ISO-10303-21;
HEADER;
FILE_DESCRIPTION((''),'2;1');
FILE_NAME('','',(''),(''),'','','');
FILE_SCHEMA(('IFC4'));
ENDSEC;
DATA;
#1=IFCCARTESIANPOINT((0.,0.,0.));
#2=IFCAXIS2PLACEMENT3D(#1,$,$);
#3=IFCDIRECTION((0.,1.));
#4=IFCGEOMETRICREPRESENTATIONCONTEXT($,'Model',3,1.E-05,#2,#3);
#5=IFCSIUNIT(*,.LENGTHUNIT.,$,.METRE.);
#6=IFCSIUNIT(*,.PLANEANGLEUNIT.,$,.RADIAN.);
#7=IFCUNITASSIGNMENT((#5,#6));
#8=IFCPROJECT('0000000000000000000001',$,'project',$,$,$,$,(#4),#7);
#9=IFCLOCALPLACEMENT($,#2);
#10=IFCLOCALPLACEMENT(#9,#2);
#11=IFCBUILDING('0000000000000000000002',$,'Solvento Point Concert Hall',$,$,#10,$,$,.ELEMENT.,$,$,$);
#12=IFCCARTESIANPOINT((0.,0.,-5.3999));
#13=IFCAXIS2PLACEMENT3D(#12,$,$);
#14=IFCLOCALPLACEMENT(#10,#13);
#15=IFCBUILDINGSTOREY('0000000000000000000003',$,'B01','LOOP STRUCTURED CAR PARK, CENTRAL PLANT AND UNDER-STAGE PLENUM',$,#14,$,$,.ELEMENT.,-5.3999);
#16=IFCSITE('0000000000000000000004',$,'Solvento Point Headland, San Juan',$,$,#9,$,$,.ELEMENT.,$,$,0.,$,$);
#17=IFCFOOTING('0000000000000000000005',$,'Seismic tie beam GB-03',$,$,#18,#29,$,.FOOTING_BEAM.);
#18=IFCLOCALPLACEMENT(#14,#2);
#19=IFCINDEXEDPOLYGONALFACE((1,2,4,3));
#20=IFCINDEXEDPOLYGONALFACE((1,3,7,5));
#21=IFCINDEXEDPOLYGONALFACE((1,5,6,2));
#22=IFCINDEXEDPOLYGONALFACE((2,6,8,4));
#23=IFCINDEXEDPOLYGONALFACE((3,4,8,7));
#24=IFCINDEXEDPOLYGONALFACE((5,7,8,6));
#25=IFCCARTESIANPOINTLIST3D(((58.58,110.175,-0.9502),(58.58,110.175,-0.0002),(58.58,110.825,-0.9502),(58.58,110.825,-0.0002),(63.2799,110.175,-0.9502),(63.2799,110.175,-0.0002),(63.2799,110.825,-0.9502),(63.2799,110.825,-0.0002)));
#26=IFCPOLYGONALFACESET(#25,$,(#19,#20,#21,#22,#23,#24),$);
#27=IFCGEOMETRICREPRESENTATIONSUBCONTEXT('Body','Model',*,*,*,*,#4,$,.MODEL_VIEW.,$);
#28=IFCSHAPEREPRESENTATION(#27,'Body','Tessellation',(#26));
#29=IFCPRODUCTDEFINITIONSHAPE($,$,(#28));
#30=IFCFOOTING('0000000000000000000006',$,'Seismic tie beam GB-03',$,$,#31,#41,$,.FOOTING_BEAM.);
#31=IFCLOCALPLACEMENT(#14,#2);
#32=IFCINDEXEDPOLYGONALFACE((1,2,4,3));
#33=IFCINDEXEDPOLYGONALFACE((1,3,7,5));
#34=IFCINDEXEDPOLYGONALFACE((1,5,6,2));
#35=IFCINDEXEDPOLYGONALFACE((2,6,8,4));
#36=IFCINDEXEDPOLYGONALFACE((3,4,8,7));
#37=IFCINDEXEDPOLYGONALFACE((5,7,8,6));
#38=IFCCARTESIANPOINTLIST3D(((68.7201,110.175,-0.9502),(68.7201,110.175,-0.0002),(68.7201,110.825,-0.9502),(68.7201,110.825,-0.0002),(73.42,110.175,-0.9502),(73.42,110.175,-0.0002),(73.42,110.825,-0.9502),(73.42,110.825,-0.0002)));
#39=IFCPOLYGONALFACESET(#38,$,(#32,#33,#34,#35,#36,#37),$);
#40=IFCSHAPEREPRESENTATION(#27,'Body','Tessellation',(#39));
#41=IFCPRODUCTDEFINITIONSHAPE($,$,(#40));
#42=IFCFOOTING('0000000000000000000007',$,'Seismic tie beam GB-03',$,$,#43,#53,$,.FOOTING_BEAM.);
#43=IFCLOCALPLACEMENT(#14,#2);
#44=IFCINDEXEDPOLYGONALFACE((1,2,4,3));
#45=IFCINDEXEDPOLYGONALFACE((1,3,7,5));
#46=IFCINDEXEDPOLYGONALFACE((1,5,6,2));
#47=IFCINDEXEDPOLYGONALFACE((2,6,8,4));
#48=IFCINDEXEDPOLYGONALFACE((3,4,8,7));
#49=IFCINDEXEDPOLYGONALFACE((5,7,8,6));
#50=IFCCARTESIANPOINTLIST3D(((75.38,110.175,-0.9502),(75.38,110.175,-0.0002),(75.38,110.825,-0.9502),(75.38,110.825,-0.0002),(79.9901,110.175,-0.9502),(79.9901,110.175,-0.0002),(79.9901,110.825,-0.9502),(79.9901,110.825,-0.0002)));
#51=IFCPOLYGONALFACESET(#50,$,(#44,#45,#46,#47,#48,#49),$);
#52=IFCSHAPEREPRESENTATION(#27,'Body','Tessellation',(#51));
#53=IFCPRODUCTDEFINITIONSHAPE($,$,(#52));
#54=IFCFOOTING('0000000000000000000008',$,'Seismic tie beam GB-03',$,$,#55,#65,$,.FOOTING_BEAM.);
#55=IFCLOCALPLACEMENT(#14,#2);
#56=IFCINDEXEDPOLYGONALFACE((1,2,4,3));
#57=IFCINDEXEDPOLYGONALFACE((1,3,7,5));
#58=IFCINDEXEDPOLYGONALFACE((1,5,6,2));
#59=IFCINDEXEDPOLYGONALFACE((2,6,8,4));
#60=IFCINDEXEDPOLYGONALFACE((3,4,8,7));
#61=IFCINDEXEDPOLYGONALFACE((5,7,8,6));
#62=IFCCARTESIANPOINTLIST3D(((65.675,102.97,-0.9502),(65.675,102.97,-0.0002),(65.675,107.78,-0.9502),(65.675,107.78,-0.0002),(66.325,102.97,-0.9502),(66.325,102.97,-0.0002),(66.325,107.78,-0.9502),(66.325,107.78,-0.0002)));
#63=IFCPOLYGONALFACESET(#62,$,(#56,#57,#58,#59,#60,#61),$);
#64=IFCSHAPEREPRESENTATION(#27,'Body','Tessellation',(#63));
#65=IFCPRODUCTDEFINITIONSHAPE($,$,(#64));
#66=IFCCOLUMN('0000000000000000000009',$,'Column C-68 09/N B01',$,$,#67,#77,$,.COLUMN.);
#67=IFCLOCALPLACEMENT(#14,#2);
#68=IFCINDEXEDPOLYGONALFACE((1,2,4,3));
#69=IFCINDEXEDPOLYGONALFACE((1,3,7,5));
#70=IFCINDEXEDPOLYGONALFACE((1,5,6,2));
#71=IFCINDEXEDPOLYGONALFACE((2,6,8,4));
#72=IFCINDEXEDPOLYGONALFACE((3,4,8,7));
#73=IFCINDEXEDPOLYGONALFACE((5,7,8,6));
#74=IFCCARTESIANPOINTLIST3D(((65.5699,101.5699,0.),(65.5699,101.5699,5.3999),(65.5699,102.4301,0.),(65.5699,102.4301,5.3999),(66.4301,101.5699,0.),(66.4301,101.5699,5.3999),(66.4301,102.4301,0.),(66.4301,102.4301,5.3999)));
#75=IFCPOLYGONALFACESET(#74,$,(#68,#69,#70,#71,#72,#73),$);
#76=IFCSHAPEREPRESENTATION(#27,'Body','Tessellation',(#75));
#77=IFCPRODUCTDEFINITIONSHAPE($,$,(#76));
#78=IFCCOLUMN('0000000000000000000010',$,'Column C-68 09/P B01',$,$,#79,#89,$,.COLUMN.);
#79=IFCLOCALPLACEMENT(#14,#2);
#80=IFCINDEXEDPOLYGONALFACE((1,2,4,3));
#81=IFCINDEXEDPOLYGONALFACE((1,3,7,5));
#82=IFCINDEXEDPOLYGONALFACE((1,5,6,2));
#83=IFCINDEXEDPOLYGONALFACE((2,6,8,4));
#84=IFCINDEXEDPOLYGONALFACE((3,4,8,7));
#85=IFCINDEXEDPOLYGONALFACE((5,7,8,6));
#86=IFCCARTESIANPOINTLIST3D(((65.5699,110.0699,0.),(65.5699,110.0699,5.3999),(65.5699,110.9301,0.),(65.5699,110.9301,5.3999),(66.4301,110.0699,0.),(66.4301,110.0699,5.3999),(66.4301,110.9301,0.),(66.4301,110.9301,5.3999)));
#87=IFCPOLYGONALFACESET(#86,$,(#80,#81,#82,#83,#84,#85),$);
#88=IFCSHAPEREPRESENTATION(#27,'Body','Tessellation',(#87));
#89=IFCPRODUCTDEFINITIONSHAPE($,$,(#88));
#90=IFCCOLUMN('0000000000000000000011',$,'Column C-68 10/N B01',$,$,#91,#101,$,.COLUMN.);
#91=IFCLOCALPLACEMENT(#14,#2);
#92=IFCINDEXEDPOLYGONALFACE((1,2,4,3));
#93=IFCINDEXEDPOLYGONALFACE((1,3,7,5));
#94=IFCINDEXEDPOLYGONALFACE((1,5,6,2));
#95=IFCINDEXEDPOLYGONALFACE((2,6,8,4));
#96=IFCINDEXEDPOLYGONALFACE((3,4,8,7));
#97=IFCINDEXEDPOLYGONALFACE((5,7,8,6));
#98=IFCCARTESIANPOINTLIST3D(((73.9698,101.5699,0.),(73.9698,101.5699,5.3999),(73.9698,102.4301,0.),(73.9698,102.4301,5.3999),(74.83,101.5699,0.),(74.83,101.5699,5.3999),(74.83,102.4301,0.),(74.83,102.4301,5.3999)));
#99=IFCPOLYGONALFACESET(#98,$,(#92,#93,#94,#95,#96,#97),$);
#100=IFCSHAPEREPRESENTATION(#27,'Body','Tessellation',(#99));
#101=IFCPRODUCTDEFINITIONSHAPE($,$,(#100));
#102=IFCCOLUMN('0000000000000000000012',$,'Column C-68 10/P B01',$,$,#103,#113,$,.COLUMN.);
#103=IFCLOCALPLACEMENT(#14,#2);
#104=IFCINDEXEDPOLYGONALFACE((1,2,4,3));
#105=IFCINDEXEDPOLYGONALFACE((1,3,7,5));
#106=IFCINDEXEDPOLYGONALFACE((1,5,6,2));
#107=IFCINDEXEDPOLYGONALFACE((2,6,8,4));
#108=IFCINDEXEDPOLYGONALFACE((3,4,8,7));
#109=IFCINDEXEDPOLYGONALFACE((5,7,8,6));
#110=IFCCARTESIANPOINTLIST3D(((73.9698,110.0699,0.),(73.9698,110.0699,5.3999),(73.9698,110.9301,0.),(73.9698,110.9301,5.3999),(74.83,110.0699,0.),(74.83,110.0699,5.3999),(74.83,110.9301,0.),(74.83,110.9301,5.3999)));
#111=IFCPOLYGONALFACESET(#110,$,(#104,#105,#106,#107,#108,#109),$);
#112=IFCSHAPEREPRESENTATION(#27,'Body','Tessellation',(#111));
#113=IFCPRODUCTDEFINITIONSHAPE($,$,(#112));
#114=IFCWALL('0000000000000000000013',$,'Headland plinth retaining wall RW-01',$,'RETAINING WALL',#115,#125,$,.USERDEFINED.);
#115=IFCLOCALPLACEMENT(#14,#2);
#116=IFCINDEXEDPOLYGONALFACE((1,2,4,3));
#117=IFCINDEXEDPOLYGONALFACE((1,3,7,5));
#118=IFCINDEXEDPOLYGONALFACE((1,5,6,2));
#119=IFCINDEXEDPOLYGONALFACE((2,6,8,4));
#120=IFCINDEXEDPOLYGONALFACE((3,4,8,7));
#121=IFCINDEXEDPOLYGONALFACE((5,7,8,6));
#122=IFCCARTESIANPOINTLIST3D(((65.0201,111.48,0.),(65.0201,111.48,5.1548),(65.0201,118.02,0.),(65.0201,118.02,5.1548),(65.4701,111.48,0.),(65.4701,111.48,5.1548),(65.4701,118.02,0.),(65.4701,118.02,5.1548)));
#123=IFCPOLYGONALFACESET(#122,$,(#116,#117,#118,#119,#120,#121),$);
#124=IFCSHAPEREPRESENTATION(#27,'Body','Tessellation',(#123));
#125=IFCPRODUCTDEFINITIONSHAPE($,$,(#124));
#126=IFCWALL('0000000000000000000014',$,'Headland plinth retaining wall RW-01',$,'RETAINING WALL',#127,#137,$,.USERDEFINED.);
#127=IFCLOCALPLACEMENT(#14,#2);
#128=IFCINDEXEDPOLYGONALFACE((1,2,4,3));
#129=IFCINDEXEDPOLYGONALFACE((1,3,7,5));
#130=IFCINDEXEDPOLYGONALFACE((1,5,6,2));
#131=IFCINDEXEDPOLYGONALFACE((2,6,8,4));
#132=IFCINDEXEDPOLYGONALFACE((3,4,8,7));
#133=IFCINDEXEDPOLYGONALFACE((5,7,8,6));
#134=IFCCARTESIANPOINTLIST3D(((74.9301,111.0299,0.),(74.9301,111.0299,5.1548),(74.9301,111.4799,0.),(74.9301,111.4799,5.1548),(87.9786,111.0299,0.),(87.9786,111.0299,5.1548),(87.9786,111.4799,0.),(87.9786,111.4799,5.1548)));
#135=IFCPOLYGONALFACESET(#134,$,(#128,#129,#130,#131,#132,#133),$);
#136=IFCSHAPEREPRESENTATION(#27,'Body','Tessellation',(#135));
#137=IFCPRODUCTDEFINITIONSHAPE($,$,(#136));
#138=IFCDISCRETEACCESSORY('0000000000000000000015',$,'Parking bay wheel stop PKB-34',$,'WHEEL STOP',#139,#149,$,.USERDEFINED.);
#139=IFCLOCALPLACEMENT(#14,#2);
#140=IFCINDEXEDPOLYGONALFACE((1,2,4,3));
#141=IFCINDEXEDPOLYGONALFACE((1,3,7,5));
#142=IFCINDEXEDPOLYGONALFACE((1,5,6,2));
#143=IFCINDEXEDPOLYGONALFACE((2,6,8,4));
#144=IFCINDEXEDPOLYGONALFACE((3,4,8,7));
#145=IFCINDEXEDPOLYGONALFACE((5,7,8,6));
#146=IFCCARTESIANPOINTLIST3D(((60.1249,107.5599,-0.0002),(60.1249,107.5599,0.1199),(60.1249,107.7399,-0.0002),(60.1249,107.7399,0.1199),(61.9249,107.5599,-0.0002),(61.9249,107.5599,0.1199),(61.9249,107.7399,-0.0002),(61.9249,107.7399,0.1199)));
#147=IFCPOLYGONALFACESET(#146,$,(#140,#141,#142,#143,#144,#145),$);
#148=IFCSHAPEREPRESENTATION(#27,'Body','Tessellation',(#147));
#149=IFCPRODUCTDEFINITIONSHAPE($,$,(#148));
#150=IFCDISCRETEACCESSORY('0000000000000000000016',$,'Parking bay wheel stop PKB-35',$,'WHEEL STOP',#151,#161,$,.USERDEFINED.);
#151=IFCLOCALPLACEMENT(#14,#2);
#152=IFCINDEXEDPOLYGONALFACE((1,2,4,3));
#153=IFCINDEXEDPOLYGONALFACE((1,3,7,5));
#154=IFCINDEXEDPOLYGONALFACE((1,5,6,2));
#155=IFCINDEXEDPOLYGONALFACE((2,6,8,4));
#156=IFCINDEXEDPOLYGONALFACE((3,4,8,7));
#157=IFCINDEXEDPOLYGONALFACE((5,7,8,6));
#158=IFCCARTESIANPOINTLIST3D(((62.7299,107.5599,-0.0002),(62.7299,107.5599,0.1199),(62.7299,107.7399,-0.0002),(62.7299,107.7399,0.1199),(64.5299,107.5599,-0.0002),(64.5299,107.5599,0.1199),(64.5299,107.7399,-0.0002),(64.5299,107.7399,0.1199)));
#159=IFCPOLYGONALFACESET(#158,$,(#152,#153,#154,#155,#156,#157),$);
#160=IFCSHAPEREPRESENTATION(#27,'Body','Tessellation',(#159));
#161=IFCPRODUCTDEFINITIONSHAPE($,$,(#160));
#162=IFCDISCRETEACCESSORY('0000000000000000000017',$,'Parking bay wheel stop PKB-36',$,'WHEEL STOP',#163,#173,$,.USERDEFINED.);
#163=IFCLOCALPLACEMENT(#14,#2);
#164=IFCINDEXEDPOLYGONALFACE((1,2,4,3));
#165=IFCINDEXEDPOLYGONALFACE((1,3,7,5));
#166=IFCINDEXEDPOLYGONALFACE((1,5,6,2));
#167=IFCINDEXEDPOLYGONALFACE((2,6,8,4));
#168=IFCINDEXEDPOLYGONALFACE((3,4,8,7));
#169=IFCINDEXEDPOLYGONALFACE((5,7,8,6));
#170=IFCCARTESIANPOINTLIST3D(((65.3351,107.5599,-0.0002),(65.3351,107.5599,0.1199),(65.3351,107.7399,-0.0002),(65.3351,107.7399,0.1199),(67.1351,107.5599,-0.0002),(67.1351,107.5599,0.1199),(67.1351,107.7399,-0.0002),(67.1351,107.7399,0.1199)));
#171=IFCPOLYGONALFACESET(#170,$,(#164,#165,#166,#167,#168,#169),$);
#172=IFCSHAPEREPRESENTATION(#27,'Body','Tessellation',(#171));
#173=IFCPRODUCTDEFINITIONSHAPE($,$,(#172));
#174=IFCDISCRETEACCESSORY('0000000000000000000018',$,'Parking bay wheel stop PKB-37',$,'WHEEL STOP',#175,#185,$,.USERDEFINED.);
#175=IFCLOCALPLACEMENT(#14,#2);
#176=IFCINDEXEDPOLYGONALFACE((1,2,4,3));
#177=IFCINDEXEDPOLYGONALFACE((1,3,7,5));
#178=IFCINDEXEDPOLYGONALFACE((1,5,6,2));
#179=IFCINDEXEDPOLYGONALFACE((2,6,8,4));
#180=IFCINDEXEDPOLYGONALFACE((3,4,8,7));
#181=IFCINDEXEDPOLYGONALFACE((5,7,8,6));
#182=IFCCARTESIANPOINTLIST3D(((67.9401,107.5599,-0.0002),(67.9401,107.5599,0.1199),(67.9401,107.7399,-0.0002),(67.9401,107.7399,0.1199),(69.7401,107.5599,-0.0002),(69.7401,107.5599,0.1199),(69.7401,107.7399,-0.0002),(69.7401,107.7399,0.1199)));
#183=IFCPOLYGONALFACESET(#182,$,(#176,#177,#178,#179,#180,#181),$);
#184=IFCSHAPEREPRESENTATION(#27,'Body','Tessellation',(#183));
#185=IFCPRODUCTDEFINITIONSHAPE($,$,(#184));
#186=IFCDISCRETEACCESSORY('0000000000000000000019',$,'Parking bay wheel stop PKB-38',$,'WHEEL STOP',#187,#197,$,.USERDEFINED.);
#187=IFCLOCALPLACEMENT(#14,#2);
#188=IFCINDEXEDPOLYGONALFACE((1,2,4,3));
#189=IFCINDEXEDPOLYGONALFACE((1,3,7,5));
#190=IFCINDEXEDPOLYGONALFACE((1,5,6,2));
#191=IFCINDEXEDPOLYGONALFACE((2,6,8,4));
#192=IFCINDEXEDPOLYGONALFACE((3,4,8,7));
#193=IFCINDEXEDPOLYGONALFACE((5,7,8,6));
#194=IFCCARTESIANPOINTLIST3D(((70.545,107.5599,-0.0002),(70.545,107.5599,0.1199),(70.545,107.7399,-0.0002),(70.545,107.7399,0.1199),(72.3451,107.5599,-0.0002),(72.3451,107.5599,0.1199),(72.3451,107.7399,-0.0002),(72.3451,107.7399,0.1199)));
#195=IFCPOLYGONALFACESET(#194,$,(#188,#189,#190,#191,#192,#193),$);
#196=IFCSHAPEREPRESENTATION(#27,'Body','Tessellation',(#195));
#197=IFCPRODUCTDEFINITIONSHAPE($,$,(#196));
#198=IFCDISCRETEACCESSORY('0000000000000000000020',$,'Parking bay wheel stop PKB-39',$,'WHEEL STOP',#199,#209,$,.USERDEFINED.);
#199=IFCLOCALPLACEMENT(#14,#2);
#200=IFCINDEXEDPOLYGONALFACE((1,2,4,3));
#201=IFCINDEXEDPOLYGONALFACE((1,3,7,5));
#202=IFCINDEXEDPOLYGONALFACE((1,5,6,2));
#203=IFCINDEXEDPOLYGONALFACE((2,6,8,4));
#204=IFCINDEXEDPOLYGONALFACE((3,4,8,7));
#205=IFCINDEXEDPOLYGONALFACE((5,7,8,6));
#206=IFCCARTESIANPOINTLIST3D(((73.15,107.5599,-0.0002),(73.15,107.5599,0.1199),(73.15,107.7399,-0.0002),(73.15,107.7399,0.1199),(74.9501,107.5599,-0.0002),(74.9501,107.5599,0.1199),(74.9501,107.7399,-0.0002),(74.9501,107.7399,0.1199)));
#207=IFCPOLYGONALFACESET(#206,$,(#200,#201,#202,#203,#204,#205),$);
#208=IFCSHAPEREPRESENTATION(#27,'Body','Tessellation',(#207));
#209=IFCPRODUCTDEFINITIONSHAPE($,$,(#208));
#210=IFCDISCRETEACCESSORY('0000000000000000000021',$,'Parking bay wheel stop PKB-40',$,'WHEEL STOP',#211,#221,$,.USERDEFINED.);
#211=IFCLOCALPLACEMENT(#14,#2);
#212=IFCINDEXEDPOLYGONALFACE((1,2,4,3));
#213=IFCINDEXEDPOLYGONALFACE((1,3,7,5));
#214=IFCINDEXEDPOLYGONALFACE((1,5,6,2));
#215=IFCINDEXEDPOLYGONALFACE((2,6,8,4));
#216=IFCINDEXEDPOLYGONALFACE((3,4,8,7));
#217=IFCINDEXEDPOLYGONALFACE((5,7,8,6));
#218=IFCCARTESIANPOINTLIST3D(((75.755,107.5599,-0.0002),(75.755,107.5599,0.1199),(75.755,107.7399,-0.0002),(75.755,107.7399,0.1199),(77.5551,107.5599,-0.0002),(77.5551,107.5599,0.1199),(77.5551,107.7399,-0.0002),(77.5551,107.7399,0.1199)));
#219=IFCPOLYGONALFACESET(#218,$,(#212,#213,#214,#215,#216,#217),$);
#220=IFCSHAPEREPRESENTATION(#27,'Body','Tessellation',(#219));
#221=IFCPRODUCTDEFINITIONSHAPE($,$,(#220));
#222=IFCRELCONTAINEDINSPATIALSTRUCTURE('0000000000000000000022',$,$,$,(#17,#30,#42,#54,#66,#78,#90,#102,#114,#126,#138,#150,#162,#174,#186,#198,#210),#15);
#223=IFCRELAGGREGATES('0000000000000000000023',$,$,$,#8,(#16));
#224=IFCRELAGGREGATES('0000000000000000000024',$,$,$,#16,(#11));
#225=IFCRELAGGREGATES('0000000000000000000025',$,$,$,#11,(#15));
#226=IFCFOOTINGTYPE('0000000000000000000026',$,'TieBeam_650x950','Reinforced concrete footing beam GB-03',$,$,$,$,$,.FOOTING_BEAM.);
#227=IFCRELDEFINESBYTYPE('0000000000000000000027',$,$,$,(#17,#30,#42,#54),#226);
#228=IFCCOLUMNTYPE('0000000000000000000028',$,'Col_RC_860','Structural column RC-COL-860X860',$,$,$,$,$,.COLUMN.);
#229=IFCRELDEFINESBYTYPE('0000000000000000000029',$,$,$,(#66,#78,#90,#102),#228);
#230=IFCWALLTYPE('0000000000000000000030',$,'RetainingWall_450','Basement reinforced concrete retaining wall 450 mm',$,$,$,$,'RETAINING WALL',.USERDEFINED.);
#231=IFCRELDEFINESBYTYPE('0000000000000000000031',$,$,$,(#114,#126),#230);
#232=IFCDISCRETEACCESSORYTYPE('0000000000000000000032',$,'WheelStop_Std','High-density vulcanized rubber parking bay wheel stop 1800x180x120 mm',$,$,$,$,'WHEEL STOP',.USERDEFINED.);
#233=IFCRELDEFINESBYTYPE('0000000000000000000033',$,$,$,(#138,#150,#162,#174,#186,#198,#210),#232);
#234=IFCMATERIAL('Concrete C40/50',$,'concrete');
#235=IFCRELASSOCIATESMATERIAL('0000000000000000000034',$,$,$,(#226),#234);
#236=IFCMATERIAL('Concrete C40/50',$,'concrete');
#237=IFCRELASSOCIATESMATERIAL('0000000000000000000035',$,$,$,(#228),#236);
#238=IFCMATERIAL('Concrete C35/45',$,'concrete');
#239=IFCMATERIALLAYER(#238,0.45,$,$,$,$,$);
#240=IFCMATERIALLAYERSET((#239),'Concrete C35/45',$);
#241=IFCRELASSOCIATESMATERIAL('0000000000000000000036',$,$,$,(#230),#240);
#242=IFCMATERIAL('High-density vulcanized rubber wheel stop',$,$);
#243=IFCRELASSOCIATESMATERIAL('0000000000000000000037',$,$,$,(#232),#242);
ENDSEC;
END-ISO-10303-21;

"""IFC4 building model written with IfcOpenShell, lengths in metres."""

from ifc_helpers import new_model, si_unit, direction, frame, frame_2d, origin, origin_2d, place, context, subcontext, project, spatial, rectangle, extrude, material, layer, layer_set, material_profile, profile_set, type_object, element, save


model = new_model("IFC4")

# Units and contexts
model_context = context("Model", 3, precision=1e-05, world=origin(), true_north=direction((0.0, 1.0)))
body_context = subcontext(model_context, "Body", "Model", "MODEL_VIEW")
ifc_project = project(units=[si_unit("LENGTHUNIT", "METRE"), si_unit("PLANEANGLEUNIT", "RADIAN")], contexts=[model_context])

# Site, building, storey
site_placement = place(None, origin())
site = spatial("IfcSite", under=ifc_project, at=site_placement, Name="Solvento Point Headland, San Juan", CompositionType="ELEMENT", RefElevation=0.0)
building_placement = place(site_placement, origin())
building = spatial("IfcBuilding", under=site, at=building_placement, Name="Solvento Point Concert Hall", CompositionType="ELEMENT")
storey_placement = place(building_placement, frame((0.0, 0.0, -5.3999)))
storey = spatial("IfcBuildingStorey", under=building, at=storey_placement, Name="B01", Description="LOOP STRUCTURED CAR PARK, CENTRAL PLANT AND UNDER-STAGE PLENUM", CompositionType="ELEMENT", Elevation=-5.3999)

# Footings
ifc_material_1 = material(Name="Concrete C40/50", Category="concrete")
footing_type_1 = type_object("IfcFootingType", Name="TieBeam_650x950", Description="Reinforced concrete footing beam GB-03", PredefinedType="FOOTING_BEAM", material=ifc_material_1)
for number, where, z_axis, x_axis, name in (
    (1, (60.9299, 110.5, -0.9502), (0.0, 0.0, 1.0), (1.0, 0.0, 0.0), "Seismic tie beam GB-03"),
    (2, (71.0701, 110.5, -0.9502), (0.0, 0.0, 1.0), (1.0, 0.0, 0.0), "Seismic tie beam GB-03"),
):
    element("IfcFooting", number, at=place(storey_placement, frame(where, z_axis=z_axis, x_axis=x_axis)), inside=storey, type_object=footing_type_1, Name=name, PredefinedType="FOOTING_BEAM", context=body_context, shape_type="SweptSolid", body=[
        extrude(rectangle(XDim=4.7, YDim=0.6499, at=origin_2d()), origin(), (0.0, 0.0, 1.0), 0.95),
    ])
footing_1_placement = place(storey_placement, frame((77.6851, 110.5, -0.9502), z_axis=(0.0, 0.0, 1.0), x_axis=(1.0, 0.0, 0.0)))
element("IfcFooting", 3, at=footing_1_placement, inside=storey, type_object=footing_type_1, Name="Seismic tie beam GB-03", PredefinedType="FOOTING_BEAM", context=body_context, shape_type="SweptSolid", body=[
    extrude(rectangle(XDim=4.6101, YDim=0.6499, at=origin_2d()), origin(), (0.0, 0.0, 1.0), 0.95),
])
footing_2_placement = place(storey_placement, frame((66.0, 105.375, -0.9502), z_axis=(0.0, 0.0, 1.0), x_axis=(0.0, 1.0, 0.0)))
element("IfcFooting", 4, at=footing_2_placement, inside=storey, type_object=footing_type_1, Name="Seismic tie beam GB-03", PredefinedType="FOOTING_BEAM", context=body_context, shape_type="SweptSolid", body=[
    extrude(rectangle(XDim=4.8101, YDim=0.6499, at=origin_2d()), origin(), (0.0, 0.0, 1.0), 0.95),
])

# Columns
ifc_material_2 = material(Name="Concrete C40/50", Category="concrete")
ifc_material_profile_1 = material_profile(ifc_material_2, rectangle(XDim=0.8601, YDim=0.8601, at=origin_2d()), Name="RC-COL-860X860")
ifc_profile_set_1 = profile_set([ifc_material_profile_1], Name="Concrete C40/50")
column_type = type_object("IfcColumnType", Name="Col_RC_860", Description="Structural column RC-COL-860X860", PredefinedType="COLUMN", material=ifc_profile_set_1)
for number, where, z_axis, x_axis, name in (
    (5, (66.0, 102.0, 0.0), (0.0, 0.0, 1.0), (1.0, 0.0, 0.0), "Column C-68 09/N B01"),
    (6, (66.0, 110.5, 0.0), (0.0, 0.0, 1.0), (1.0, 0.0, 0.0), "Column C-68 09/P B01"),
    (7, (74.3999, 102.0, 0.0), (0.0, 0.0, 1.0), (1.0, 0.0, 0.0), "Column C-68 10/N B01"),
    (8, (74.3999, 110.5, 0.0), (0.0, 0.0, 1.0), (1.0, 0.0, 0.0), "Column C-68 10/P B01"),
):
    element("IfcColumn", number, at=place(storey_placement, frame(where, z_axis=z_axis, x_axis=x_axis)), inside=storey, type_object=column_type, Name=name, PredefinedType="COLUMN", context=body_context, shape_type="SweptSolid", body=[
        extrude(rectangle(XDim=0.8601, YDim=0.8601, at=origin_2d()), origin(), (0.0, 0.0, 1.0), 5.3999),
    ])

# Walls
ifc_material_3 = material(Name="Concrete C35/45", Category="concrete")
ifc_layer = layer(ifc_material_3, 0.45)
ifc_layer_set = layer_set([ifc_layer], Name="Concrete C35/45")
wall_type = type_object("IfcWallType", Name="RetainingWall_450", Description="Basement reinforced concrete retaining wall 450 mm", ElementType="RETAINING WALL", PredefinedType="USERDEFINED", material=ifc_layer_set)
wall_1_placement = place(storey_placement, frame((65.2451, 111.48, 0.0), z_axis=(0.0, 0.0, 1.0), x_axis=(0.0, 1.0, 0.0)))
element("IfcWall", 9, at=wall_1_placement, inside=storey, type_object=wall_type, Name="Headland plinth retaining wall RW-01", ObjectType="RETAINING WALL", PredefinedType="USERDEFINED", context=body_context, shape_type="SweptSolid", body=[
    extrude(rectangle(XDim=6.54, YDim=0.45, at=frame_2d((3.27, 0.0))), origin(), (0.0, 0.0, 1.0), 5.1548),
])
wall_2_placement = place(storey_placement, frame((74.9299, 111.2549, 0.0), z_axis=(0.0, 0.0, 1.0), x_axis=(1.0, 0.0, 0.0)))
element("IfcWall", 10, at=wall_2_placement, inside=storey, type_object=wall_type, Name="Headland plinth retaining wall RW-01", ObjectType="RETAINING WALL", PredefinedType="USERDEFINED", context=body_context, shape_type="SweptSolid", body=[
    extrude(rectangle(XDim=13.0486, YDim=0.45, at=frame_2d((6.5244, 0.0))), origin(), (0.0, 0.0, 1.0), 5.1548),
])

# Discrete accessories
ifc_material_4 = material(Name="High-density vulcanized rubber wheel stop")
discrete_accessory_type = type_object("IfcDiscreteAccessoryType", Name="WheelStop_Std", Description="High-density vulcanized rubber parking bay wheel stop 1800x180x120 mm", ElementType="WHEEL STOP", PredefinedType="USERDEFINED", material=ifc_material_4)
for number, where, z_axis, x_axis, name in (
    (11, (61.0249, 107.6499, -0.0002), (0.0, 0.0, 1.0), (1.0, 0.0, 0.0), "Parking bay wheel stop PKB-34"),
    (12, (63.6299, 107.6499, -0.0002), (0.0, 0.0, 1.0), (1.0, 0.0, 0.0), "Parking bay wheel stop PKB-35"),
    (13, (66.2351, 107.6499, -0.0002), (0.0, 0.0, 1.0), (1.0, 0.0, 0.0), "Parking bay wheel stop PKB-36"),
    (14, (68.8401, 107.6499, -0.0002), (0.0, 0.0, 1.0), (1.0, 0.0, 0.0), "Parking bay wheel stop PKB-37"),
    (15, (71.4451, 107.6499, -0.0002), (0.0, 0.0, 1.0), (1.0, 0.0, 0.0), "Parking bay wheel stop PKB-38"),
    (16, (74.05, 107.6499, -0.0002), (0.0, 0.0, 1.0), (1.0, 0.0, 0.0), "Parking bay wheel stop PKB-39"),
    (17, (76.655, 107.6499, -0.0002), (0.0, 0.0, 1.0), (1.0, 0.0, 0.0), "Parking bay wheel stop PKB-40"),
):
    element("IfcDiscreteAccessory", number, at=place(storey_placement, frame(where, z_axis=z_axis, x_axis=x_axis)), inside=storey, type_object=discrete_accessory_type, Name=name, ObjectType="WHEEL STOP", PredefinedType="USERDEFINED", context=body_context, shape_type="SweptSolid", body=[
        extrude(rectangle(XDim=1.8, YDim=0.1799, at=origin_2d()), origin(), (0.0, 0.0, 1.0), 0.1201),
    ])

save(model, "model.ifc")
